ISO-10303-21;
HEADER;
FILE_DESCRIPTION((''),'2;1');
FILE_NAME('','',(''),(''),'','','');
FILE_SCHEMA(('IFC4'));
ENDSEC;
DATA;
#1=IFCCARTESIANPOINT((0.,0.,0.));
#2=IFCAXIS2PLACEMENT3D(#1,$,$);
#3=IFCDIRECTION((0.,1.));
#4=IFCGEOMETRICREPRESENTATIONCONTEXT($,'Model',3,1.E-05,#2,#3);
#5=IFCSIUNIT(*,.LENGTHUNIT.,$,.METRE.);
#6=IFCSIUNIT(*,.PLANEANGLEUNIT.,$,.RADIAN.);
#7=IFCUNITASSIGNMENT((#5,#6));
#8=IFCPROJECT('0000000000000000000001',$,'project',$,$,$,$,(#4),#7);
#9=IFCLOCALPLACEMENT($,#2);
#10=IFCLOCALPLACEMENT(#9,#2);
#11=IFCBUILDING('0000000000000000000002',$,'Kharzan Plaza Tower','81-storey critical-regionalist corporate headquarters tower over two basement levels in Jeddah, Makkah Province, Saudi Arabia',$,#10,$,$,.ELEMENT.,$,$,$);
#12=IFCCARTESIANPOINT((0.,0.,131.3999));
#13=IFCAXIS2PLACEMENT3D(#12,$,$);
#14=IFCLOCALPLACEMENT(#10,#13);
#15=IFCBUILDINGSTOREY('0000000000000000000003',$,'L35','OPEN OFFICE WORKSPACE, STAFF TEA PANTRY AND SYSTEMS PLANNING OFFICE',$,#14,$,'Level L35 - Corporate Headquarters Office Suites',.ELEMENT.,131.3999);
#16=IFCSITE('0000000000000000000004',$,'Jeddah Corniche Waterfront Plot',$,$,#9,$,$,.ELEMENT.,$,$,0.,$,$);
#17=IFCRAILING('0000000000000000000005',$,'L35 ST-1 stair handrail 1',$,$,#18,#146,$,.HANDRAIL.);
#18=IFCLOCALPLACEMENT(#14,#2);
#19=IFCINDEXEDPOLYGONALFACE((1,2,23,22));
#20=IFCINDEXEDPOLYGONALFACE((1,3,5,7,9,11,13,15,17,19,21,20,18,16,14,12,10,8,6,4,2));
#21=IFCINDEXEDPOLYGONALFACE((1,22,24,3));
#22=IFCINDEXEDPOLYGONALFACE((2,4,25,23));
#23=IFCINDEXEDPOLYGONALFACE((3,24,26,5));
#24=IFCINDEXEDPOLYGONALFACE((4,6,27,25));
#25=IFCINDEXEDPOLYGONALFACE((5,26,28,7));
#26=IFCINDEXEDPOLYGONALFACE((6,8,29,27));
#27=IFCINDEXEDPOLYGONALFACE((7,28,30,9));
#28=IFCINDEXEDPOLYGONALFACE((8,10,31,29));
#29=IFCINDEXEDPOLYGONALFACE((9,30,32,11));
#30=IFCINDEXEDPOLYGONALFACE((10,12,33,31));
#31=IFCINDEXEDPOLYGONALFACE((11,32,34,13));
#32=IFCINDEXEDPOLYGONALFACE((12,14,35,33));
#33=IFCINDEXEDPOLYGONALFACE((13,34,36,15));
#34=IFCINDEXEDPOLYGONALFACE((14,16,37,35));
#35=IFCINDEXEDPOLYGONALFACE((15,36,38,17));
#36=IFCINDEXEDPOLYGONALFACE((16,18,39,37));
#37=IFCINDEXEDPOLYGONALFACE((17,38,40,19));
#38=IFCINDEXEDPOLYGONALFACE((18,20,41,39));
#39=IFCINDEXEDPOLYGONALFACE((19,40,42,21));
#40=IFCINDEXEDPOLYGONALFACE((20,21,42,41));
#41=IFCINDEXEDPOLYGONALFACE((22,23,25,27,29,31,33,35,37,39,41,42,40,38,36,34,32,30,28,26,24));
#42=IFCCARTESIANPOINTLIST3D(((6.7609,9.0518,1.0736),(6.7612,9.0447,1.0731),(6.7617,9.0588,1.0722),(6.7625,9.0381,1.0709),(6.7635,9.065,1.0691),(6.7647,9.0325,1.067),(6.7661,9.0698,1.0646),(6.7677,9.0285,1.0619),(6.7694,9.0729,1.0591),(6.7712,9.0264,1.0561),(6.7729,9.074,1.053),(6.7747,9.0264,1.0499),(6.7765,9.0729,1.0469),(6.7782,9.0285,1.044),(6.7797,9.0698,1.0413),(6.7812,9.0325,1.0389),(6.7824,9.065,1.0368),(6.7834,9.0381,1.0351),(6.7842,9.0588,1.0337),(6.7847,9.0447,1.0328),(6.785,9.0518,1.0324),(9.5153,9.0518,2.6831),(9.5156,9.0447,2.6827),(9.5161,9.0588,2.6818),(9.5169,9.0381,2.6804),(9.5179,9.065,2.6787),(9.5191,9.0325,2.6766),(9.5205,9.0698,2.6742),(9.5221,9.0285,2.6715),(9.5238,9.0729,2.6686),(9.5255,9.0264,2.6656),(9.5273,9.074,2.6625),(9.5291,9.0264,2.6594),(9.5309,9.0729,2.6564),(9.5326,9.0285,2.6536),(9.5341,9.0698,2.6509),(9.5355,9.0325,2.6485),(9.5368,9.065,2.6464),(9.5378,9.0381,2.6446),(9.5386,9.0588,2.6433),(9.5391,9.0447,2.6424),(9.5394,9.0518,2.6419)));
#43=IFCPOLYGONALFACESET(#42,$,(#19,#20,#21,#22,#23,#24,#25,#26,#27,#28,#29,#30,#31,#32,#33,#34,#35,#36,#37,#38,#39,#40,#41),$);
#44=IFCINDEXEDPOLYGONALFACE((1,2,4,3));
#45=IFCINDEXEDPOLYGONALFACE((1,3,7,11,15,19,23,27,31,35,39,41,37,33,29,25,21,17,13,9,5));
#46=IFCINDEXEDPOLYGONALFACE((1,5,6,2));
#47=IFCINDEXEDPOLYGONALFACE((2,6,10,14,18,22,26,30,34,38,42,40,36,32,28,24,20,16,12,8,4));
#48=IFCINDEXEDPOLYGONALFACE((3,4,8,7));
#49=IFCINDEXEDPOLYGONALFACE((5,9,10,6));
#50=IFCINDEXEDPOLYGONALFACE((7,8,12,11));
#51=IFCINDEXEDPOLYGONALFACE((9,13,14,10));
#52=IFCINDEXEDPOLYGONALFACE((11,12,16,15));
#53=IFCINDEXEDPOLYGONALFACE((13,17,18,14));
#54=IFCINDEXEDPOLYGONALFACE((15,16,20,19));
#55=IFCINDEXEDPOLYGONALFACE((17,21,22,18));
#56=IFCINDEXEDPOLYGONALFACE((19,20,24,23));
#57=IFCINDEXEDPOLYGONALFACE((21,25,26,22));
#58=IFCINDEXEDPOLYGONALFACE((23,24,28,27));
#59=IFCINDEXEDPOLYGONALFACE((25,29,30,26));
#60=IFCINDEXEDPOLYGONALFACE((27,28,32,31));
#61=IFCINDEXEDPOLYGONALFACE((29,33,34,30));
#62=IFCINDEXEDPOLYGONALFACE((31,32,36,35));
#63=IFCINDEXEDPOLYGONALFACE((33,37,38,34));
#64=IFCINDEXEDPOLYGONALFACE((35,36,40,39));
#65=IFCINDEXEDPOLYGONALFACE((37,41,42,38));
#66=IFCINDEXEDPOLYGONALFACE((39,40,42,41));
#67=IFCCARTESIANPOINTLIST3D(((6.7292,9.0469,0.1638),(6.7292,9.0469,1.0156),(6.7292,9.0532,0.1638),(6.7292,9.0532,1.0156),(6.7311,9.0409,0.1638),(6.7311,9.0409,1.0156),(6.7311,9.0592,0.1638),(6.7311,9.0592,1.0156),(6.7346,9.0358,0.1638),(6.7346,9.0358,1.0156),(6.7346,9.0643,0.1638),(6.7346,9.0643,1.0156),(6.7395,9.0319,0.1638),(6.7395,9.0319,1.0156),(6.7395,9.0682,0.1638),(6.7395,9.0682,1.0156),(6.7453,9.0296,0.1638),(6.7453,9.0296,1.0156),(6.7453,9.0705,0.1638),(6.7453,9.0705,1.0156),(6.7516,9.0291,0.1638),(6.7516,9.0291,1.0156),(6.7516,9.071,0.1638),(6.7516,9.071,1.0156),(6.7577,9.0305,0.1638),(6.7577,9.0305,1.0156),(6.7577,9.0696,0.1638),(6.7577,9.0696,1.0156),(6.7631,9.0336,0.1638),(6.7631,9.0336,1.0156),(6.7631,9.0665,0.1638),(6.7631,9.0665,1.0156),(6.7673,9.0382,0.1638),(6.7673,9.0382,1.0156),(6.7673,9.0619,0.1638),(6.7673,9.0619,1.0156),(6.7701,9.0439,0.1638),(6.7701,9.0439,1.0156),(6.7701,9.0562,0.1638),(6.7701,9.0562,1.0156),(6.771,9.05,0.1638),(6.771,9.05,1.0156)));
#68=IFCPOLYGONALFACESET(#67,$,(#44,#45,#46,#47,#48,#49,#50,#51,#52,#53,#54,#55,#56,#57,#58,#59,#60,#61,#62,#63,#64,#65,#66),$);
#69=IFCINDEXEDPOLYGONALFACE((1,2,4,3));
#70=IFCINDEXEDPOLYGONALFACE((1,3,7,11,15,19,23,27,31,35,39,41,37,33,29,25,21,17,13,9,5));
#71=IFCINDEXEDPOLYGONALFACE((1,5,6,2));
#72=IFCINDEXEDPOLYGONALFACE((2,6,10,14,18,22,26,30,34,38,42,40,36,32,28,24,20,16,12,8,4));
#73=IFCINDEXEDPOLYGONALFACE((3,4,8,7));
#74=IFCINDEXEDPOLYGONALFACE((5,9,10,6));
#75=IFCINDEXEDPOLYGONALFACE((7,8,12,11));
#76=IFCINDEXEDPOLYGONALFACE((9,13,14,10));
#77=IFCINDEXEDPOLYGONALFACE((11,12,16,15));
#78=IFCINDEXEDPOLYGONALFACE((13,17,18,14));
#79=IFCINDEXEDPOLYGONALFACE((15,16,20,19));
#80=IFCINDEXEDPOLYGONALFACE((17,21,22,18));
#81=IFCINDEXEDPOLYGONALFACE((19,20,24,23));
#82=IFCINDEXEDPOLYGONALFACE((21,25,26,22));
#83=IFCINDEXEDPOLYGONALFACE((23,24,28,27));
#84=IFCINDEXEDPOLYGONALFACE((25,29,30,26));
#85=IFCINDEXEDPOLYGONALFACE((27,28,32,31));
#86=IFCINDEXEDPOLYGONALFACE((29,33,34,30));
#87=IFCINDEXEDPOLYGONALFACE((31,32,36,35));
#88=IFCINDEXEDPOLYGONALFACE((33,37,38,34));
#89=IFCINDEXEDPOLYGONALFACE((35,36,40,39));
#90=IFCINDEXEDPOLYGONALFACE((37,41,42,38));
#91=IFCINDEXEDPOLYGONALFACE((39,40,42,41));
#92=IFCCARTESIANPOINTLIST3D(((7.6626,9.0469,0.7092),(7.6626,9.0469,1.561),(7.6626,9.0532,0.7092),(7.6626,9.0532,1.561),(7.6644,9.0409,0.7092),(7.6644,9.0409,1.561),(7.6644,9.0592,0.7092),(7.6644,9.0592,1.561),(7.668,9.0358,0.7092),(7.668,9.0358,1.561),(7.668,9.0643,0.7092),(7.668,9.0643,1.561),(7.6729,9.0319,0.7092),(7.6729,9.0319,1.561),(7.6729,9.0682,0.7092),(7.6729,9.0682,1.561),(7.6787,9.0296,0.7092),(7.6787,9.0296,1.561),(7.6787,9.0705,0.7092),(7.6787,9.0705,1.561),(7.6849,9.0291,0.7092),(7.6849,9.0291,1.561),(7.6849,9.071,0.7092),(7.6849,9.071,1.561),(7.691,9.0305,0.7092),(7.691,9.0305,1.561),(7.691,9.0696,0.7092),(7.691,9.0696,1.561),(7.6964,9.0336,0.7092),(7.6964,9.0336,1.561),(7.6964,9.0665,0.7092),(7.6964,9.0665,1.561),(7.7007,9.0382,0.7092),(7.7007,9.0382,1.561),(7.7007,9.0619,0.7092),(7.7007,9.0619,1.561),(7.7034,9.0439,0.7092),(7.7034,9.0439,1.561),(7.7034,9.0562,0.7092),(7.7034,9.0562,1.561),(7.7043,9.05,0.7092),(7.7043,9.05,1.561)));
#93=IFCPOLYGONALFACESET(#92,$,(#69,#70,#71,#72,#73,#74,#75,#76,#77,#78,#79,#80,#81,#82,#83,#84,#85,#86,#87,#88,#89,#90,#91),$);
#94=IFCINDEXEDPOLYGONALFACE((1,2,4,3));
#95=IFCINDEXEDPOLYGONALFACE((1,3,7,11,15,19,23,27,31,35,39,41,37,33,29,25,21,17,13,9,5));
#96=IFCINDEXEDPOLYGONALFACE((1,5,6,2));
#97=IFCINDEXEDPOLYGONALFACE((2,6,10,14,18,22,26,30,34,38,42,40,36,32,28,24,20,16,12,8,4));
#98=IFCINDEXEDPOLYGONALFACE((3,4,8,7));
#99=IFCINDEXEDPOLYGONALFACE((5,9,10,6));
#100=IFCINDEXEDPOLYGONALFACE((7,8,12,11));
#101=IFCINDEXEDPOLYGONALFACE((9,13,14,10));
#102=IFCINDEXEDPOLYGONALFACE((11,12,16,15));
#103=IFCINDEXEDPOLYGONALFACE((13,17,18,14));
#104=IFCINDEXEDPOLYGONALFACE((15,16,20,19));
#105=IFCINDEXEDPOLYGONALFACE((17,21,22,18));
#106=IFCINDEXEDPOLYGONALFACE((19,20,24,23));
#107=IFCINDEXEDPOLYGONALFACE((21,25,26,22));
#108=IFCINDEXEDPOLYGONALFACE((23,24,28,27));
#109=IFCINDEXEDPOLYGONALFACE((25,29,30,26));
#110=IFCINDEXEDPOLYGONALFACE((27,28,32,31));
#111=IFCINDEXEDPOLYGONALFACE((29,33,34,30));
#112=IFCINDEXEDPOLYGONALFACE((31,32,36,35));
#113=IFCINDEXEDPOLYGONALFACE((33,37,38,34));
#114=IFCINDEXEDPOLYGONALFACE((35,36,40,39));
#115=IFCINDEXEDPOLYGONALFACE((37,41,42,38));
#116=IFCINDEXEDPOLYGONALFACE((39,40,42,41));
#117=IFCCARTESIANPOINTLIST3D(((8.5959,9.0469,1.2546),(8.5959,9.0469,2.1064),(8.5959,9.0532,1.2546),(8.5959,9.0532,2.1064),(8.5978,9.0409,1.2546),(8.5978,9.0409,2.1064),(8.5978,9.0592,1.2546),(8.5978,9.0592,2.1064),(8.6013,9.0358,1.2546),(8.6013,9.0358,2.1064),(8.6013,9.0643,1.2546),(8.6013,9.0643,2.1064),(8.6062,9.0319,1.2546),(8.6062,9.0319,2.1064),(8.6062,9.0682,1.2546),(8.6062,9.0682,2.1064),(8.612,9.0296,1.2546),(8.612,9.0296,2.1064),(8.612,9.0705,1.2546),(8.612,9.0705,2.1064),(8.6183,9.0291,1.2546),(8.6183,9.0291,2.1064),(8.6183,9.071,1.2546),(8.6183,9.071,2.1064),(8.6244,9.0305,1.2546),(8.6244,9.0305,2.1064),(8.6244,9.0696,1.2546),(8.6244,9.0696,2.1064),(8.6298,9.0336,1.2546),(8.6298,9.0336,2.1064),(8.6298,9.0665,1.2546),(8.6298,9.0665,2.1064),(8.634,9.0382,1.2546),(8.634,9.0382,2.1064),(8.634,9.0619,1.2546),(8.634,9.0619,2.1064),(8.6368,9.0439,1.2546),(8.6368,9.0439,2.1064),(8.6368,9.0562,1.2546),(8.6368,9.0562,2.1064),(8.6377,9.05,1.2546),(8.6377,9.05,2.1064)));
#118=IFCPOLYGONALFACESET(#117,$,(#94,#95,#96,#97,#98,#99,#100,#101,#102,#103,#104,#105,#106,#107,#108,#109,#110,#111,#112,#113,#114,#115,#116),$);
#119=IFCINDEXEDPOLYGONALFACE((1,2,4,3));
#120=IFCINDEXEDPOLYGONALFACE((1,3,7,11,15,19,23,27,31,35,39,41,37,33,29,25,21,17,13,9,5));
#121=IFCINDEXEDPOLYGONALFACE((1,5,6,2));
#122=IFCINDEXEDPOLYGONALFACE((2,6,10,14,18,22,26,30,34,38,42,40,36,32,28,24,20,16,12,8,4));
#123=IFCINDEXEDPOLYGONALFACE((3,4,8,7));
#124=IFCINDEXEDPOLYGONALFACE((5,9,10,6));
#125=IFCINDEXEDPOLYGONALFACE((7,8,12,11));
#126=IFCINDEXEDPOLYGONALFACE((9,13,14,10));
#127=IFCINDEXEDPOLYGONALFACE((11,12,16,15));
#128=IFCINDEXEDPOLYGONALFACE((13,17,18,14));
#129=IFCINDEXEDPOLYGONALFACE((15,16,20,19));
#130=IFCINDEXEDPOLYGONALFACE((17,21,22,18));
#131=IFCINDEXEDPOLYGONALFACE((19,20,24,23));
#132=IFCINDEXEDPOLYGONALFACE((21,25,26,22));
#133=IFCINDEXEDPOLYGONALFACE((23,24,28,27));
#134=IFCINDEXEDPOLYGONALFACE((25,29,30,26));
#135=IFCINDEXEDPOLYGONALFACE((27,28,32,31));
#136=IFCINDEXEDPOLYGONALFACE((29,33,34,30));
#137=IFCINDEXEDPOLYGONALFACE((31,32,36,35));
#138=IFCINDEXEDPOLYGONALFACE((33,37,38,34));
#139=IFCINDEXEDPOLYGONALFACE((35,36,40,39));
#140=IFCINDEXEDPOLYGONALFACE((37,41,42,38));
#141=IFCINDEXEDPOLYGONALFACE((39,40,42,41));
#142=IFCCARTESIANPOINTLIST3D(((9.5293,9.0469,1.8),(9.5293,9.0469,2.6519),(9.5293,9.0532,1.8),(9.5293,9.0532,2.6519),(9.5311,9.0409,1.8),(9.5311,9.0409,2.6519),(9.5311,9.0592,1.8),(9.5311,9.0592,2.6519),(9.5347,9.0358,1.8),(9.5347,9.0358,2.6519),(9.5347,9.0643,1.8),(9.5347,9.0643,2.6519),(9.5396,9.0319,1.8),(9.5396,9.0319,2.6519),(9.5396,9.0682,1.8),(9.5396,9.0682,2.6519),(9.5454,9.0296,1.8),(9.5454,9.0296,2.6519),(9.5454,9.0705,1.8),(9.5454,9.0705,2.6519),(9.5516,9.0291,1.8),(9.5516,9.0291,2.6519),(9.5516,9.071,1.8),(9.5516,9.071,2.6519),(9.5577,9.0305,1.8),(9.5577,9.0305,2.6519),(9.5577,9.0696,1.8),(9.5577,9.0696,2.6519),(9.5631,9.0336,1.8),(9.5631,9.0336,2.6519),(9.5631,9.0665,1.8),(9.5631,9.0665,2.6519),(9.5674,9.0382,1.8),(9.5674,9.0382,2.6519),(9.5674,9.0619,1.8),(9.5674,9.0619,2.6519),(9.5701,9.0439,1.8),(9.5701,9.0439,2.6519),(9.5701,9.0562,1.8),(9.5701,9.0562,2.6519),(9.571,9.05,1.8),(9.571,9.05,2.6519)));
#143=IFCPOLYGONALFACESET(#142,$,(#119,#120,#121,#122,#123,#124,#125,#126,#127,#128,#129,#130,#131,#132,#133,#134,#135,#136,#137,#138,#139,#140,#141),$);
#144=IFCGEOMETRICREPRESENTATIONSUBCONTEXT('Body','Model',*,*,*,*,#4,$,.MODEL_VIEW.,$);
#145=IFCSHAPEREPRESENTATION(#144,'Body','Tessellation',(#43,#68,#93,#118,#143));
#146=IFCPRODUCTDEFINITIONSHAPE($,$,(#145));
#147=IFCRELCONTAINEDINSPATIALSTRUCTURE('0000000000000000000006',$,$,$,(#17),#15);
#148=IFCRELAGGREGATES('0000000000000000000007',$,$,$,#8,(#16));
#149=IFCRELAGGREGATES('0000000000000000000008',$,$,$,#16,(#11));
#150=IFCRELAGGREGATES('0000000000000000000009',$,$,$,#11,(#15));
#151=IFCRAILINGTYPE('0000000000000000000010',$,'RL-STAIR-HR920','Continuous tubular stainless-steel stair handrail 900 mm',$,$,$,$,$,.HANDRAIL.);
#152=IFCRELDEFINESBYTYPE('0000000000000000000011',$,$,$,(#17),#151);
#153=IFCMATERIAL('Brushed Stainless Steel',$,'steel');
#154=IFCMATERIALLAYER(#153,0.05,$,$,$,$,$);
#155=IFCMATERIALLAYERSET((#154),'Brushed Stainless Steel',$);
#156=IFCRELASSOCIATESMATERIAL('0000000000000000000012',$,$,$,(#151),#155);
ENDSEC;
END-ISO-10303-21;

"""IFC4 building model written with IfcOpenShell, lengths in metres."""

from ifc_helpers import new_model, si_unit, direction, frame, origin, origin_2d, place, context, subcontext, project, spatial, circle, extrude, source, transform, mapped, material, layer, layer_set, type_object, element, save


model = new_model("IFC4")

# Units and contexts
model_context = context("Model", 3, precision=1e-05, world=origin(), true_north=direction((0.0, 1.0)))
body_context = subcontext(model_context, "Body", "Model", "MODEL_VIEW")
ifc_project = project(units=[si_unit("LENGTHUNIT", "METRE"), si_unit("PLANEANGLEUNIT", "RADIAN")], contexts=[model_context])

# Site, building, storey
site_placement = place(None, origin())
site = spatial("IfcSite", under=ifc_project, at=site_placement, Name="Jeddah Corniche Waterfront Plot", CompositionType="ELEMENT", RefElevation=0.0)
building_placement = place(site_placement, origin())
building = spatial("IfcBuilding", under=site, at=building_placement, Name="Kharzan Plaza Tower", Description="81-storey critical-regionalist corporate headquarters tower over two basement levels in Jeddah, Makkah Province, Saudi Arabia", CompositionType="ELEMENT")
storey_placement = place(building_placement, frame((0.0, 0.0, 131.3999)))
storey = spatial("IfcBuildingStorey", under=building, at=storey_placement, Name="L35", Description="OPEN OFFICE WORKSPACE, STAFF TEA PANTRY AND SYSTEMS PLANNING OFFICE", LongName="Level L35 - Corporate Headquarters Office Suites", CompositionType="ELEMENT", Elevation=131.3999)

# Railing
ifc_material_1 = material(Name="Brushed Stainless Steel", Category="steel")
ifc_layer_1 = layer(ifc_material_1, 0.05)
ifc_layer_set_1 = layer_set([ifc_layer_1], Name="Brushed Stainless Steel")
railing_type_1 = type_object("IfcRailingType", Name="RL-STAIR-HR920", Description="Continuous tubular stainless-steel stair handrail 900 mm", PredefinedType="HANDRAIL", material=ifc_layer_set_1)
shared_shape_1 = source(origin(), body_context, "Body", "SweptSolid", [
    extrude(circle(Radius=0.0239, at=origin_2d()), frame((0.0229, 0.0, 0.8892), z_axis=(0.863394, 0.0, 0.504531), x_axis=(0.0, 1.0, 0.0)), (0.0, 0.0, 1.0), 3.1902),
    extrude(circle(Radius=0.021, at=origin_2d()), origin(), (0.0, 0.0, 1.0), 0.8518),
    extrude(circle(Radius=0.021, at=origin_2d()), frame((0.9333, 0.0, 0.5454)), (0.0, 0.0, 1.0), 0.8518),
    extrude(circle(Radius=0.021, at=origin_2d()), frame((1.8667, 0.0, 1.0908)), (0.0, 0.0, 1.0), 0.8518),
    extrude(circle(Radius=0.021, at=origin_2d()), frame((2.8, 0.0, 1.6362)), (0.0, 0.0, 1.0), 0.8518),
])
railing_1_placement = place(storey_placement, frame((6.75, 9.05, 0.1638)))
element("IfcRailing", 1, at=railing_1_placement, inside=storey, type_object=railing_type_1, Name="L35 ST-1 stair handrail 1", PredefinedType="HANDRAIL", context=body_context, shape_type="MappedRepresentation", body=[
    mapped(shared_shape_1, transform((0.0, 0.0, 0.0), x_axis=(1.0, 0.0, 0.0), y_axis=(0.0, 1.0, 0.0), z_axis=(0.0, 0.0, 1.0))),
])

save(model, "model.ifc")
